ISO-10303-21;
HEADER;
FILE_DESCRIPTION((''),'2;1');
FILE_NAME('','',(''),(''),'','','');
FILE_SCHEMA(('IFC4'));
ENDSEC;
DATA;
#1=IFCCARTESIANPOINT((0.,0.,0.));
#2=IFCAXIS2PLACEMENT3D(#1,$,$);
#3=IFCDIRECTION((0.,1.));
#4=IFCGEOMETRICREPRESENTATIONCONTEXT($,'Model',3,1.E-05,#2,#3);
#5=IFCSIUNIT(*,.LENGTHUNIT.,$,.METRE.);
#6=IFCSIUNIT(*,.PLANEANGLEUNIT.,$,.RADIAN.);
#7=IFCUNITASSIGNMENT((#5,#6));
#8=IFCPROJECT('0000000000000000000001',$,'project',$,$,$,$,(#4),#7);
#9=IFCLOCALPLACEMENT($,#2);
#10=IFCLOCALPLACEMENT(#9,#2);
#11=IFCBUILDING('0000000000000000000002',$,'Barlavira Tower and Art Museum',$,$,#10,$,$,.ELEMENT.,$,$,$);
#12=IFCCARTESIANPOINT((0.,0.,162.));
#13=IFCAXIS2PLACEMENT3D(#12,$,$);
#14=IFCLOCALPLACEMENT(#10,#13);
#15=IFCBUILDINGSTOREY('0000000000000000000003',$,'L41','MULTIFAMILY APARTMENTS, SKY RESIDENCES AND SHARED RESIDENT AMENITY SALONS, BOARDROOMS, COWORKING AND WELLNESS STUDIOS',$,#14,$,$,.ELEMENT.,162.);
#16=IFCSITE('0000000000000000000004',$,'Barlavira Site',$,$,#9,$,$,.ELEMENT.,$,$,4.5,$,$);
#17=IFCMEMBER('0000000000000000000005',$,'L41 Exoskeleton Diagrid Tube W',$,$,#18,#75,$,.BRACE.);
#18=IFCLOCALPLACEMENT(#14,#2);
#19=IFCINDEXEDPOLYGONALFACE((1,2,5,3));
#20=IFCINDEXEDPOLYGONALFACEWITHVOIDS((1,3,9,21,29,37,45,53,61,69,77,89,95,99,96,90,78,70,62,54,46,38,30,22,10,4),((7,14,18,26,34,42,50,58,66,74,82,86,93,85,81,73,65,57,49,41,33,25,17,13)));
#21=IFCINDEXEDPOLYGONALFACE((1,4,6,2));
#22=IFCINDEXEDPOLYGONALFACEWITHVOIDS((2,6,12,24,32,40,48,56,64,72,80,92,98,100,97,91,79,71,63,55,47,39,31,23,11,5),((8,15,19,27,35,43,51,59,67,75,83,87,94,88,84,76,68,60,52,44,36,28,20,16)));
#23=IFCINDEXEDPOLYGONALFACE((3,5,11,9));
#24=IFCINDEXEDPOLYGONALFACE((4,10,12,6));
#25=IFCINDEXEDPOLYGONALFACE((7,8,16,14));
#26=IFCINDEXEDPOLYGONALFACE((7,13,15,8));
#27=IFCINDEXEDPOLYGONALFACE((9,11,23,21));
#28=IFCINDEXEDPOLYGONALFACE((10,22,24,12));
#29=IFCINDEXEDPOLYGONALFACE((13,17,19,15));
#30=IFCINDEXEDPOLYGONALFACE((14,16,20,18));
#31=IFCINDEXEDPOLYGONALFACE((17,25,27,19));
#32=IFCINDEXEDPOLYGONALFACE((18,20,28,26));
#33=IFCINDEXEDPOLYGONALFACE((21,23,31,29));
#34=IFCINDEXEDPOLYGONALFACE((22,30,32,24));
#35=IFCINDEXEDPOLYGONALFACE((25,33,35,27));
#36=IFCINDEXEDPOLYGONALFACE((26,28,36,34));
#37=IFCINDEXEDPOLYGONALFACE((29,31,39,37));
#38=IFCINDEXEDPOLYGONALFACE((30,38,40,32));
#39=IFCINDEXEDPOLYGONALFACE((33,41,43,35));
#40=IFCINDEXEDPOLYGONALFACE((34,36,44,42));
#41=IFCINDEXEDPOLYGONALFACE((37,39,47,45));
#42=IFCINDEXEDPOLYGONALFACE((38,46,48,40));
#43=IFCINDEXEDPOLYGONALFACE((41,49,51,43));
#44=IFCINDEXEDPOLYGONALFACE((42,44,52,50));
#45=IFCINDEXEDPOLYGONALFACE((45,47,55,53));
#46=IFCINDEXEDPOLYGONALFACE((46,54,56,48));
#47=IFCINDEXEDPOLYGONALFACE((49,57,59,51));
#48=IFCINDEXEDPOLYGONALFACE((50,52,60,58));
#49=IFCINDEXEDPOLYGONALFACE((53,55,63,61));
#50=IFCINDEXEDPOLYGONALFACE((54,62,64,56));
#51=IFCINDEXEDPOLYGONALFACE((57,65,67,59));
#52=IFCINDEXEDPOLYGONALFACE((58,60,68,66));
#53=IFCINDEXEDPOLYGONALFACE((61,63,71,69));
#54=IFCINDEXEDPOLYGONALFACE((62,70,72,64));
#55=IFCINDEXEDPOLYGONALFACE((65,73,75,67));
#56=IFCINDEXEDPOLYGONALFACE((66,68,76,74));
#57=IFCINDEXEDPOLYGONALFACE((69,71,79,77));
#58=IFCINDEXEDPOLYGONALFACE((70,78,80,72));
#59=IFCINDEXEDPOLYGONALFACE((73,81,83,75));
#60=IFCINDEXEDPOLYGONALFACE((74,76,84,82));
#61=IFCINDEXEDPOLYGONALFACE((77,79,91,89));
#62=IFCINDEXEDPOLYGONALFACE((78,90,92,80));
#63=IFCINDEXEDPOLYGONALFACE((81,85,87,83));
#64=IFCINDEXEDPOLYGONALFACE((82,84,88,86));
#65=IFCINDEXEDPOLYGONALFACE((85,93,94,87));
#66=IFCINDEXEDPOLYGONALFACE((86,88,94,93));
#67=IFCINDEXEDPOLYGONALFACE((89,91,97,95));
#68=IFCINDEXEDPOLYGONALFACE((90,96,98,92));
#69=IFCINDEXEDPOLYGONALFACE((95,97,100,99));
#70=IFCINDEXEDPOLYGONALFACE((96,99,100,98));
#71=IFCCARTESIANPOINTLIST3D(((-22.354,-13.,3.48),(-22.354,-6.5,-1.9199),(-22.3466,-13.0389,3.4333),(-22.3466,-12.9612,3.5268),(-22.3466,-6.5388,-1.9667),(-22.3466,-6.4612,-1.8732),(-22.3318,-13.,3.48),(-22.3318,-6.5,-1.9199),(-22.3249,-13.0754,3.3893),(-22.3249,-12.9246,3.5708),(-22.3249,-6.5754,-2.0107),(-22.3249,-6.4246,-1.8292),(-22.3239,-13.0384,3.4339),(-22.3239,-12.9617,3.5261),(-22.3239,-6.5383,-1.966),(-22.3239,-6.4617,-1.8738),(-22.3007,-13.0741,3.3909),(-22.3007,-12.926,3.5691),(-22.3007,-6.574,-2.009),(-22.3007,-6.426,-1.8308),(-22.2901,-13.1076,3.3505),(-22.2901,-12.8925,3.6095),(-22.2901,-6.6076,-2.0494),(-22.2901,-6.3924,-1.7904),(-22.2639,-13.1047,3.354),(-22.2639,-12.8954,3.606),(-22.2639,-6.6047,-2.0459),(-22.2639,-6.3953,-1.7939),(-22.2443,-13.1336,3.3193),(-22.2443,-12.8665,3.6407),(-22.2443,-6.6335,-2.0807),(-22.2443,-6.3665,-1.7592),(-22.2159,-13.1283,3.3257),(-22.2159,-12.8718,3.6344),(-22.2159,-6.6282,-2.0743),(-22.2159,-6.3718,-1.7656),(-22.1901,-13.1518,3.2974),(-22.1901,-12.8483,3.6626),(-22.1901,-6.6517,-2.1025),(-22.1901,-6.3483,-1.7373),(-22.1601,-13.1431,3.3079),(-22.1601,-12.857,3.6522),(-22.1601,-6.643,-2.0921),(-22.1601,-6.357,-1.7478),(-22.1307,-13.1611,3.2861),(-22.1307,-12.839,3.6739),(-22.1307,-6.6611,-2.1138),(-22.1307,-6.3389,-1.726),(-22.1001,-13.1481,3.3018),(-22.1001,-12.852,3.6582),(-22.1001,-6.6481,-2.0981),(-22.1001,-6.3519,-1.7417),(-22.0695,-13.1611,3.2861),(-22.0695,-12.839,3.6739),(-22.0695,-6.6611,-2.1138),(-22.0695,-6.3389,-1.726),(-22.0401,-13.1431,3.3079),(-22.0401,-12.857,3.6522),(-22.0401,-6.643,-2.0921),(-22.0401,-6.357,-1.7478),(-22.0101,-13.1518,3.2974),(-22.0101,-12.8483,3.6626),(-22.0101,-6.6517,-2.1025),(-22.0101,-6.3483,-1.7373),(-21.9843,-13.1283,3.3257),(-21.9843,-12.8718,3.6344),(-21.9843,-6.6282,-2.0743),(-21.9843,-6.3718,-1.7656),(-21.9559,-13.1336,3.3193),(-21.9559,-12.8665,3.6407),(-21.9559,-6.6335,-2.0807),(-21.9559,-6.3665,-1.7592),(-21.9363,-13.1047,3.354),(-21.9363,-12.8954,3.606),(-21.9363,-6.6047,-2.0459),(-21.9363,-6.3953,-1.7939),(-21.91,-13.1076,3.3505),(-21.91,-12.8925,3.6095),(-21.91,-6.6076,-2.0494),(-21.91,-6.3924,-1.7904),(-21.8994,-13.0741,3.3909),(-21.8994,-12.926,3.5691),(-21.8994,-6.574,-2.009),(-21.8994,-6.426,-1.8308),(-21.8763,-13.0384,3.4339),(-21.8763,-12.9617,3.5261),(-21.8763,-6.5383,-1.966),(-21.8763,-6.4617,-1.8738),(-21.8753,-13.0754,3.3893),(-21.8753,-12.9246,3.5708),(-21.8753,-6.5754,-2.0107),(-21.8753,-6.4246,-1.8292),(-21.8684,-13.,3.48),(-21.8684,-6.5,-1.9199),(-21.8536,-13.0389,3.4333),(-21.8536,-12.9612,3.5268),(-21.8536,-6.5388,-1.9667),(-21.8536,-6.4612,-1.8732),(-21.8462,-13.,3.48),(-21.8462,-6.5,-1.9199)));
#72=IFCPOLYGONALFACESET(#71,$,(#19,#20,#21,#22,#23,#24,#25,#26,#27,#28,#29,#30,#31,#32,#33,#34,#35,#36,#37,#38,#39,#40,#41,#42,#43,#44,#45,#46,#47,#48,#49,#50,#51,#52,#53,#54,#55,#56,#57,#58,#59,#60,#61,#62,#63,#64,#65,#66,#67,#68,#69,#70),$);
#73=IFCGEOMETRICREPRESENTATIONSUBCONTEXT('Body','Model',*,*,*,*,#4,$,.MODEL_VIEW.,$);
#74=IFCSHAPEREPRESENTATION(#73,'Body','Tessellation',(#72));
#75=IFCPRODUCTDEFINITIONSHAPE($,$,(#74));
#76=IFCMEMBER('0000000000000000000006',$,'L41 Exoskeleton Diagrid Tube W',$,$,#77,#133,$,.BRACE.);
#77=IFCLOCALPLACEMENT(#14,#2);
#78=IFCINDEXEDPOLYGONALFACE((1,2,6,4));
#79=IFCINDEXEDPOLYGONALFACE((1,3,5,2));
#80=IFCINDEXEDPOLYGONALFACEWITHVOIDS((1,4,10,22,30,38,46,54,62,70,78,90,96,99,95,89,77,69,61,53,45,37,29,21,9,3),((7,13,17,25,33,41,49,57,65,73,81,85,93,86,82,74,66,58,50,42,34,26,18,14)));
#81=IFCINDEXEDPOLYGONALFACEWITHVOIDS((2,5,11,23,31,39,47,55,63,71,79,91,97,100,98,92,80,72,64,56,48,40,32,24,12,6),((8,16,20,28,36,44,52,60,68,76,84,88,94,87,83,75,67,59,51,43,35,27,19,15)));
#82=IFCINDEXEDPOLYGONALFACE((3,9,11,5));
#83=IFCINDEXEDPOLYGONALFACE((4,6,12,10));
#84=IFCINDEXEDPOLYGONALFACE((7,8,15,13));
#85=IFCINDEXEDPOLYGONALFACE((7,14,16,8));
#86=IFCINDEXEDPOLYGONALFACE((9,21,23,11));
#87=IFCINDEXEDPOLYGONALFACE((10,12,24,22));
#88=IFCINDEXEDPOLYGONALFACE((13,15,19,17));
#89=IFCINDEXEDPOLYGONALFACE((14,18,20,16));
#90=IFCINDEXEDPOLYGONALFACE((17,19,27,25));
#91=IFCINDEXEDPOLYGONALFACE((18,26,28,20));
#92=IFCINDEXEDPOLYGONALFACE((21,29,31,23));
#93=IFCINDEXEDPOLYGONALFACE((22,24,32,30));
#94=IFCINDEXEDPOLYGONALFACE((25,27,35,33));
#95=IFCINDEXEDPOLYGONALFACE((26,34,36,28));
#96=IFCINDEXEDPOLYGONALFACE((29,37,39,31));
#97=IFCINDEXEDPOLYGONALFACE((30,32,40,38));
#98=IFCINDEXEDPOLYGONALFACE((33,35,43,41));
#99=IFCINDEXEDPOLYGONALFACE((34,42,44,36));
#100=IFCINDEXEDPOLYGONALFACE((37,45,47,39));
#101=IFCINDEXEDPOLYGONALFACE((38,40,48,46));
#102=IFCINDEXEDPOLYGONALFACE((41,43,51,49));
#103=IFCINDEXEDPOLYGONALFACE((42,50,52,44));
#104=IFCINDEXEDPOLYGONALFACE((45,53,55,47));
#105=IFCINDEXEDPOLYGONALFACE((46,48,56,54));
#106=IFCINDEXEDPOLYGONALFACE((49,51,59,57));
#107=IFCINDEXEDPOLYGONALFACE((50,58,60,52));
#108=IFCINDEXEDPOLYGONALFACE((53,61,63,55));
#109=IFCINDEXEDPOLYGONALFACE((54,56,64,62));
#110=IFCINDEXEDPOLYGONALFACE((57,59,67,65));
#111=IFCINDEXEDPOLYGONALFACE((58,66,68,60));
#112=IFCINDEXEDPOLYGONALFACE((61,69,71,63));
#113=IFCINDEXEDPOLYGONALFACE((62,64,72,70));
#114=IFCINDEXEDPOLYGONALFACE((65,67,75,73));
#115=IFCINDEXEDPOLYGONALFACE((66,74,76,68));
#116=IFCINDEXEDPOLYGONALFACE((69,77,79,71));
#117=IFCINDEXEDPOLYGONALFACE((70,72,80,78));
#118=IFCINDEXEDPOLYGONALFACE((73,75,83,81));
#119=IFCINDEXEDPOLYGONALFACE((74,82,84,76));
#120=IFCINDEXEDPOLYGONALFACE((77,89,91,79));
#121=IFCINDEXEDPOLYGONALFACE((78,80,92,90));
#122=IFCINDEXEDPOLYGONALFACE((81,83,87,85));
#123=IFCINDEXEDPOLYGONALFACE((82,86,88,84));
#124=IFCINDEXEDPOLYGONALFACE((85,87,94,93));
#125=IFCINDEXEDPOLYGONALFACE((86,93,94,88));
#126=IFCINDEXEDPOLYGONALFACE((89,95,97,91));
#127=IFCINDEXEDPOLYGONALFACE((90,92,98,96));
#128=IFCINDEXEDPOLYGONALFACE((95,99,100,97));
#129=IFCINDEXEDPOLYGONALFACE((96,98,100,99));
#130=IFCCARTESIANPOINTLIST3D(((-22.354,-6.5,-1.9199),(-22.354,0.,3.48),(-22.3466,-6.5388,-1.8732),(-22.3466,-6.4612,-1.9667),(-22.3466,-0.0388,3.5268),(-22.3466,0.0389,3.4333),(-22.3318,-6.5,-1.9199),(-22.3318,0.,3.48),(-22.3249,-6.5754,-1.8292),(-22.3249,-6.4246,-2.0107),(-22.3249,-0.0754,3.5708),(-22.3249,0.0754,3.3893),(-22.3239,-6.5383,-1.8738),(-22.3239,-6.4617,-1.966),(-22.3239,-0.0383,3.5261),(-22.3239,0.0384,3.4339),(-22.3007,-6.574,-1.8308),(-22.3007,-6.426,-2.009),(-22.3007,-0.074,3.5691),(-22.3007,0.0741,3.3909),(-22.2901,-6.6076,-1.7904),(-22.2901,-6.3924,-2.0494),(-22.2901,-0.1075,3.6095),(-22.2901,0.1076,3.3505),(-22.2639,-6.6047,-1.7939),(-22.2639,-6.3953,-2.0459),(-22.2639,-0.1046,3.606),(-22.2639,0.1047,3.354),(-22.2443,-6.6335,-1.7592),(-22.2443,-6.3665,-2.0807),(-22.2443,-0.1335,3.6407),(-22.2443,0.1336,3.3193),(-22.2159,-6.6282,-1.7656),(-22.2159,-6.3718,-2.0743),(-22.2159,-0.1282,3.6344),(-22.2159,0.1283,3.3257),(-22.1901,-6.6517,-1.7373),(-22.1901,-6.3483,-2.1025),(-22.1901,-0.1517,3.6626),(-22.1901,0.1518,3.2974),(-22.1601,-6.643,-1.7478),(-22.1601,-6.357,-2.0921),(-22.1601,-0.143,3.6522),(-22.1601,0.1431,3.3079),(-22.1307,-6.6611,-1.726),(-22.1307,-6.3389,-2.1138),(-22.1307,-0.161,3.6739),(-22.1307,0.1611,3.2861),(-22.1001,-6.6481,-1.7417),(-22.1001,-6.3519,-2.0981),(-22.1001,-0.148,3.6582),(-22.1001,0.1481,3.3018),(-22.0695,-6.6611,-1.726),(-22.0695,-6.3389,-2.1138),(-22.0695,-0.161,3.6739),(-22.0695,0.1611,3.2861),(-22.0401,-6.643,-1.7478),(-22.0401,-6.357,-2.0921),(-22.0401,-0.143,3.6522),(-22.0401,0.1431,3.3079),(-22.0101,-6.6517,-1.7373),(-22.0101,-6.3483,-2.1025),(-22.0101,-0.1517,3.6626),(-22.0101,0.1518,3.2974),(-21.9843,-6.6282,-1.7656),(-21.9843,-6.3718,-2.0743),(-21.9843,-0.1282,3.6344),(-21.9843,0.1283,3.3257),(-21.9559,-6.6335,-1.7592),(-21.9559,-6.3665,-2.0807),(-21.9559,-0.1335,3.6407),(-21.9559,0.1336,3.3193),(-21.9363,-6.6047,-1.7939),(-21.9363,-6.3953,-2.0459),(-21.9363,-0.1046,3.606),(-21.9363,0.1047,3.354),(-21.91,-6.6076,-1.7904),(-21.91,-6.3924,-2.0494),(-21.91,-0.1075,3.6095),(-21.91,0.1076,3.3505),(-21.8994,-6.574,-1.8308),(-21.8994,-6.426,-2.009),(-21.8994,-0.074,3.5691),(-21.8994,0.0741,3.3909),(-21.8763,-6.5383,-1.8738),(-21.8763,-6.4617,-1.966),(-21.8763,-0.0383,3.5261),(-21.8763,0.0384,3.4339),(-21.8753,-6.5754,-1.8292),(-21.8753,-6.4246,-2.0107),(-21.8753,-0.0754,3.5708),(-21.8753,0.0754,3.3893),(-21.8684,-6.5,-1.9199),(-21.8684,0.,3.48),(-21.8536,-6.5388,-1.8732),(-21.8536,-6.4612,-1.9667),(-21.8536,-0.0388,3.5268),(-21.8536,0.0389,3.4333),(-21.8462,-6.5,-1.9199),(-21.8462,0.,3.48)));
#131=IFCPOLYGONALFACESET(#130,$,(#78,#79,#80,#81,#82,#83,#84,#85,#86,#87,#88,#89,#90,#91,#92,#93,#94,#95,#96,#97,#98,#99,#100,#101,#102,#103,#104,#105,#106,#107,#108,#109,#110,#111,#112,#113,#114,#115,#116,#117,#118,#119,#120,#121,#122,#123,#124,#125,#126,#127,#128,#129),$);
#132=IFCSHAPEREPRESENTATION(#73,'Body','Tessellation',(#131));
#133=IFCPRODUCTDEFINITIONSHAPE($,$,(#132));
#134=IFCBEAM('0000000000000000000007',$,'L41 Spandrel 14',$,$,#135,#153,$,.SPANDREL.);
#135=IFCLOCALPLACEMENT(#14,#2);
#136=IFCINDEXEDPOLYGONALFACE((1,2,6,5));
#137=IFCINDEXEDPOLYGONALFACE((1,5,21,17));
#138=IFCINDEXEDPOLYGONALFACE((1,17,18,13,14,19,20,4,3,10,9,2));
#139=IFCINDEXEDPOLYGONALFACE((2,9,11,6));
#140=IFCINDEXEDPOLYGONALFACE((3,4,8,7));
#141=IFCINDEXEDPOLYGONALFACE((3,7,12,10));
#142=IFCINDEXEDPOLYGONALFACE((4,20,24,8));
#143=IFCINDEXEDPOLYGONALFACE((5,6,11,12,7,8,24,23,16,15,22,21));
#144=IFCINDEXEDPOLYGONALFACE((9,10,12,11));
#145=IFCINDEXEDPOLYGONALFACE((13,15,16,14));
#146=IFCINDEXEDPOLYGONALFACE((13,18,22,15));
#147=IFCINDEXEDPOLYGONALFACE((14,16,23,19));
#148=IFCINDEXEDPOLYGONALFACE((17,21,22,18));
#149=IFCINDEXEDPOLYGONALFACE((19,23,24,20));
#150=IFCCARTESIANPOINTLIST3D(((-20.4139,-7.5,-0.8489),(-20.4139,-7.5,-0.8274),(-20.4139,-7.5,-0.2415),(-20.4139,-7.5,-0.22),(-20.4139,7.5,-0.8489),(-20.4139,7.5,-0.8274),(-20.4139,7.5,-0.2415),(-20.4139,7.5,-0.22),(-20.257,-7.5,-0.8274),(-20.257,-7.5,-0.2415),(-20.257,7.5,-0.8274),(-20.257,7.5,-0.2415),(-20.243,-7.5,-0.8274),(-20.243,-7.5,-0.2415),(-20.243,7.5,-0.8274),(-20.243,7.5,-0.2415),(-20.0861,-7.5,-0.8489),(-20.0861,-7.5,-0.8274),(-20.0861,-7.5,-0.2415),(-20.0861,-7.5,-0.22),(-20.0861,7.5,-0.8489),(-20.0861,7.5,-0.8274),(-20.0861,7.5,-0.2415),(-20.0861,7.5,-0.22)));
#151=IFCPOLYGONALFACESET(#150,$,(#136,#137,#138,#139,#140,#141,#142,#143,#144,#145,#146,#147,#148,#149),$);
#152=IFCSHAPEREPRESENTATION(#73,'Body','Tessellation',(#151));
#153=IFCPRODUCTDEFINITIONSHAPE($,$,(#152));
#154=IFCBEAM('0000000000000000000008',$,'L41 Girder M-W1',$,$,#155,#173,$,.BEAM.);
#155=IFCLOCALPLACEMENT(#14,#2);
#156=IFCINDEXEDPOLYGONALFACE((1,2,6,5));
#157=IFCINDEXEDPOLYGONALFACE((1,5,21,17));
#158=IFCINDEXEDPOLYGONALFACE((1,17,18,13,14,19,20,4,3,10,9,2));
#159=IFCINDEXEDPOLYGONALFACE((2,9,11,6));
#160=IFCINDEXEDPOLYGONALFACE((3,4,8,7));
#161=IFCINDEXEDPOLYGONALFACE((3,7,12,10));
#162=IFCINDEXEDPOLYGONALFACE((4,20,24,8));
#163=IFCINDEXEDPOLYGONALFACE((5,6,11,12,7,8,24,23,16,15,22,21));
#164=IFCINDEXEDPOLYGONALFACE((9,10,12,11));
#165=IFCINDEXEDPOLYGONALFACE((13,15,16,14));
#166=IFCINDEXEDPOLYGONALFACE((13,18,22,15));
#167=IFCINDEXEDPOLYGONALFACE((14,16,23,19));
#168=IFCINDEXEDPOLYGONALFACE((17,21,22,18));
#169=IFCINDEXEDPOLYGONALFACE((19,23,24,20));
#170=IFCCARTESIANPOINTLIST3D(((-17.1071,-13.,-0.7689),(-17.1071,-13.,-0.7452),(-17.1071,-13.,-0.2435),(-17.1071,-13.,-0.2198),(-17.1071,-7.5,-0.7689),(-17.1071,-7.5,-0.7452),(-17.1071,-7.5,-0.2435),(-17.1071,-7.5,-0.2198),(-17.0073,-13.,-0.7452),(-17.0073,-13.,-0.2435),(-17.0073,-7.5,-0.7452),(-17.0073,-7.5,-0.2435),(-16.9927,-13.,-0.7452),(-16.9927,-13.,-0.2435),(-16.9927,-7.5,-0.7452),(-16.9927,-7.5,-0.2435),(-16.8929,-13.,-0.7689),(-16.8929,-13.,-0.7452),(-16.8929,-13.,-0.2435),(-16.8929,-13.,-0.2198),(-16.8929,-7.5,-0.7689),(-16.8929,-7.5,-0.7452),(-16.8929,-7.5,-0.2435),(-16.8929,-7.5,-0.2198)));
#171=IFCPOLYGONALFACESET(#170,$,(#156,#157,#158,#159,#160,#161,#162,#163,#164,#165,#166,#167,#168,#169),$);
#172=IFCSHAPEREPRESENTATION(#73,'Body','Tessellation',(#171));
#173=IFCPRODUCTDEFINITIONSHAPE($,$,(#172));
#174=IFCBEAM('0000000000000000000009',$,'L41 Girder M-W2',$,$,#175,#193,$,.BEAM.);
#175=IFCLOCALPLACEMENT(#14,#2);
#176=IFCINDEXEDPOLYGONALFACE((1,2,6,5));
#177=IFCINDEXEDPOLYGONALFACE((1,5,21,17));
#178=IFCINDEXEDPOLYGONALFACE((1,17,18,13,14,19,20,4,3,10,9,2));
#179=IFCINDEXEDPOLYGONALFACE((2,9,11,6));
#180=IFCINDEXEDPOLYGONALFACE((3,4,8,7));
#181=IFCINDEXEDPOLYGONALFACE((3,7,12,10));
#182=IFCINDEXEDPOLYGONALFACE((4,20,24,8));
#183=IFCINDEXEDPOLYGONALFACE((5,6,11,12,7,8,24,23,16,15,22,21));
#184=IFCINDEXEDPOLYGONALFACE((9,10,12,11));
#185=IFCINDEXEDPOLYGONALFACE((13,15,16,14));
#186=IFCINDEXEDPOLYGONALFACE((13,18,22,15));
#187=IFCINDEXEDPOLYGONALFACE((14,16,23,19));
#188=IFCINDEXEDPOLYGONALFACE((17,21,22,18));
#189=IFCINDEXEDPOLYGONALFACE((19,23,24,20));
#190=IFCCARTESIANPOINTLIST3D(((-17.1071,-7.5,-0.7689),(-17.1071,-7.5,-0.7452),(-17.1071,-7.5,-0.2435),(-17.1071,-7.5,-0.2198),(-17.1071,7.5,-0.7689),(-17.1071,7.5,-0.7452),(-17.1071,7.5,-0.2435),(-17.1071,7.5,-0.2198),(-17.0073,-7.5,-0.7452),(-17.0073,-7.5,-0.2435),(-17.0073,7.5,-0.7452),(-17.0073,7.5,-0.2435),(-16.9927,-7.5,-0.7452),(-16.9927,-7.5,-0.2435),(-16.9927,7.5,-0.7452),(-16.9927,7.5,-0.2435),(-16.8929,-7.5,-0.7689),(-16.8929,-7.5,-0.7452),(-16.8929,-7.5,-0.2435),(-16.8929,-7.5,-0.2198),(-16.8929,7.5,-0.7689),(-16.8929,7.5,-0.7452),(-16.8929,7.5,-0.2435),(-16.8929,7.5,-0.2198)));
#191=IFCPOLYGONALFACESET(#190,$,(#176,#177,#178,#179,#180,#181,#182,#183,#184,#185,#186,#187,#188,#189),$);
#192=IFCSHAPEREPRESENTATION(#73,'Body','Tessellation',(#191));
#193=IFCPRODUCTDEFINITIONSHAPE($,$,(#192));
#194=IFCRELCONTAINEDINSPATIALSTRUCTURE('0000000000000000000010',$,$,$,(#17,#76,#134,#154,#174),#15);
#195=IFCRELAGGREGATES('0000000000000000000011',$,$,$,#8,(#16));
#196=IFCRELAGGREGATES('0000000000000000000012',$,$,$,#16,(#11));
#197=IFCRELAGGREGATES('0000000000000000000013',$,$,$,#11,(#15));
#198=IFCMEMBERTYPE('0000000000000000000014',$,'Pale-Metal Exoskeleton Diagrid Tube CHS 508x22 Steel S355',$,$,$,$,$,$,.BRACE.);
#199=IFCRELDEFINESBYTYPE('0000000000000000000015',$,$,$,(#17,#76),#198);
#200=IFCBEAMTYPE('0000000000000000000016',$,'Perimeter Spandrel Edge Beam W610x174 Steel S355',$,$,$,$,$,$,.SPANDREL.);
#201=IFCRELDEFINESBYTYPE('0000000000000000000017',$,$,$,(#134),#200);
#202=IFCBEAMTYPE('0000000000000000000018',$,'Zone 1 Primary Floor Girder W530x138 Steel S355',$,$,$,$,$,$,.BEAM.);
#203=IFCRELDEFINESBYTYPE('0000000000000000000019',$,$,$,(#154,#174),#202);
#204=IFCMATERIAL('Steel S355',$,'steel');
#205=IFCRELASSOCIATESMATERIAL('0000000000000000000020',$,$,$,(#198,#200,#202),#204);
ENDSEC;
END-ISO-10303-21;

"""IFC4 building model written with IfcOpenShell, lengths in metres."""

from ifc_helpers import new_model, si_unit, direction, frame, origin, origin_2d, place, context, subcontext, project, spatial, hollow_circle, i_section, extrude, material, material_profile, profile_set, type_object, element, save


model = new_model("IFC4")

# Units and contexts
model_context = context("Model", 3, precision=1e-05, world=origin(), true_north=direction((0.0, 1.0)))
body_context = subcontext(model_context, "Body", "Model", "MODEL_VIEW")
ifc_project = project(units=[si_unit("LENGTHUNIT", "METRE"), si_unit("PLANEANGLEUNIT", "RADIAN")], contexts=[model_context])

# Site, building, storey
site_placement = place(None, origin())
site = spatial("IfcSite", under=ifc_project, at=site_placement, Name="Barlavira Site", CompositionType="ELEMENT", RefElevation=4.5)
building_placement = place(site_placement, origin())
building = spatial("IfcBuilding", under=site, at=building_placement, Name="Barlavira Tower and Art Museum", CompositionType="ELEMENT")
storey_placement = place(building_placement, frame((0.0, 0.0, 162.0)))
storey = spatial("IfcBuildingStorey", under=building, at=storey_placement, Name="L41", Description="MULTIFAMILY APARTMENTS, SKY RESIDENCES AND SHARED RESIDENT AMENITY SALONS, BOARDROOMS, COWORKING AND WELLNESS STUDIOS", CompositionType="ELEMENT", Elevation=162.0)

# Members
ifc_material_1 = material(Name="Steel S355", Category="steel")
ifc_material_profile_1 = material_profile(ifc_material_1, hollow_circle(Radius=0.2539, WallThickness=0.0222, at=origin_2d()), Name="CHS 508.0x22.2")
ifc_profile_set_1 = profile_set([ifc_material_profile_1], Name="Steel S355")
member_type_1 = type_object("IfcMemberType", Name="Pale-Metal Exoskeleton Diagrid Tube CHS 508x22 Steel S355", PredefinedType="BRACE", material=ifc_profile_set_1)
for number, where, z_axis, x_axis, name in (
    (1, (-22.1001, -6.5, -1.9199), (0.0, -0.769196, 0.639013), (1.0, 0.0, 0.0), "L41 Exoskeleton Diagrid Tube W"),
    (2, (-22.1001, -6.5, -1.9199), (0.0, 0.769196, 0.639013), (-1.0, 0.0, 0.0), "L41 Exoskeleton Diagrid Tube W"),
):
    element("IfcMember", number, at=place(storey_placement, frame(where, z_axis=z_axis, x_axis=x_axis)), inside=storey, type_object=member_type_1, Name=name, PredefinedType="BRACE", context=body_context, shape_type="SweptSolid", body=[
        extrude(hollow_circle(Radius=0.2539, WallThickness=0.0222, at=origin_2d()), origin(), (0.0, 0.0, 1.0), 8.4504),
    ])

# Beams
ifc_material_profile_2 = material_profile(ifc_material_1, i_section(OverallWidth=0.3279, OverallDepth=0.6289, WebThickness=0.0139, FlangeThickness=0.0215, at=origin_2d()), Name="W610x174.0")
ifc_profile_set_2 = profile_set([ifc_material_profile_2], Name="Steel S355")
beam_type_1 = type_object("IfcBeamType", Name="Perimeter Spandrel Edge Beam W610x174 Steel S355", PredefinedType="SPANDREL", material=ifc_profile_set_2)
beam_1_placement = place(storey_placement, frame((-20.25, -7.5, -0.5344), z_axis=(0.0, 1.0, 0.0), x_axis=(-1.0, 0.0, 0.0)))
element("IfcBeam", 3, at=beam_1_placement, inside=storey, type_object=beam_type_1, Name="L41 Spandrel 14", PredefinedType="SPANDREL", context=body_context, shape_type="SweptSolid", body=[
    extrude(i_section(OverallWidth=0.3279, OverallDepth=0.6289, WebThickness=0.0139, FlangeThickness=0.0215, at=origin_2d()), origin(), (0.0, 0.0, 1.0), 15.0),
])
ifc_material_profile_3 = material_profile(ifc_material_1, i_section(OverallWidth=0.2141, OverallDepth=0.5491, WebThickness=0.0146, FlangeThickness=0.0237, at=origin_2d()), Name="W530x138.0")
ifc_profile_set_3 = profile_set([ifc_material_profile_3], Name="Steel S355")
beam_type_2 = type_object("IfcBeamType", Name="Zone 1 Primary Floor Girder W530x138 Steel S355", PredefinedType="BEAM", material=ifc_profile_set_3)
beam_2_placement = place(storey_placement, frame((-17.0, -13.0, -0.4944), z_axis=(0.0, 1.0, 0.0), x_axis=(-1.0, 0.0, 0.0)))
element("IfcBeam", 4, at=beam_2_placement, inside=storey, type_object=beam_type_2, Name="L41 Girder M-W1", PredefinedType="BEAM", context=body_context, shape_type="SweptSolid", body=[
    extrude(i_section(OverallWidth=0.2141, OverallDepth=0.5491, WebThickness=0.0146, FlangeThickness=0.0237, at=origin_2d()), origin(), (0.0, 0.0, 1.0), 5.5),
])
beam_3_placement = place(storey_placement, frame((-17.0, -7.5, -0.4944), z_axis=(0.0, 1.0, 0.0), x_axis=(-1.0, 0.0, 0.0)))
element("IfcBeam", 5, at=beam_3_placement, inside=storey, type_object=beam_type_2, Name="L41 Girder M-W2", PredefinedType="BEAM", context=body_context, shape_type="SweptSolid", body=[
    extrude(i_section(OverallWidth=0.2141, OverallDepth=0.5491, WebThickness=0.0146, FlangeThickness=0.0237, at=origin_2d()), origin(), (0.0, 0.0, 1.0), 15.0),
])

save(model, "model.ifc")
